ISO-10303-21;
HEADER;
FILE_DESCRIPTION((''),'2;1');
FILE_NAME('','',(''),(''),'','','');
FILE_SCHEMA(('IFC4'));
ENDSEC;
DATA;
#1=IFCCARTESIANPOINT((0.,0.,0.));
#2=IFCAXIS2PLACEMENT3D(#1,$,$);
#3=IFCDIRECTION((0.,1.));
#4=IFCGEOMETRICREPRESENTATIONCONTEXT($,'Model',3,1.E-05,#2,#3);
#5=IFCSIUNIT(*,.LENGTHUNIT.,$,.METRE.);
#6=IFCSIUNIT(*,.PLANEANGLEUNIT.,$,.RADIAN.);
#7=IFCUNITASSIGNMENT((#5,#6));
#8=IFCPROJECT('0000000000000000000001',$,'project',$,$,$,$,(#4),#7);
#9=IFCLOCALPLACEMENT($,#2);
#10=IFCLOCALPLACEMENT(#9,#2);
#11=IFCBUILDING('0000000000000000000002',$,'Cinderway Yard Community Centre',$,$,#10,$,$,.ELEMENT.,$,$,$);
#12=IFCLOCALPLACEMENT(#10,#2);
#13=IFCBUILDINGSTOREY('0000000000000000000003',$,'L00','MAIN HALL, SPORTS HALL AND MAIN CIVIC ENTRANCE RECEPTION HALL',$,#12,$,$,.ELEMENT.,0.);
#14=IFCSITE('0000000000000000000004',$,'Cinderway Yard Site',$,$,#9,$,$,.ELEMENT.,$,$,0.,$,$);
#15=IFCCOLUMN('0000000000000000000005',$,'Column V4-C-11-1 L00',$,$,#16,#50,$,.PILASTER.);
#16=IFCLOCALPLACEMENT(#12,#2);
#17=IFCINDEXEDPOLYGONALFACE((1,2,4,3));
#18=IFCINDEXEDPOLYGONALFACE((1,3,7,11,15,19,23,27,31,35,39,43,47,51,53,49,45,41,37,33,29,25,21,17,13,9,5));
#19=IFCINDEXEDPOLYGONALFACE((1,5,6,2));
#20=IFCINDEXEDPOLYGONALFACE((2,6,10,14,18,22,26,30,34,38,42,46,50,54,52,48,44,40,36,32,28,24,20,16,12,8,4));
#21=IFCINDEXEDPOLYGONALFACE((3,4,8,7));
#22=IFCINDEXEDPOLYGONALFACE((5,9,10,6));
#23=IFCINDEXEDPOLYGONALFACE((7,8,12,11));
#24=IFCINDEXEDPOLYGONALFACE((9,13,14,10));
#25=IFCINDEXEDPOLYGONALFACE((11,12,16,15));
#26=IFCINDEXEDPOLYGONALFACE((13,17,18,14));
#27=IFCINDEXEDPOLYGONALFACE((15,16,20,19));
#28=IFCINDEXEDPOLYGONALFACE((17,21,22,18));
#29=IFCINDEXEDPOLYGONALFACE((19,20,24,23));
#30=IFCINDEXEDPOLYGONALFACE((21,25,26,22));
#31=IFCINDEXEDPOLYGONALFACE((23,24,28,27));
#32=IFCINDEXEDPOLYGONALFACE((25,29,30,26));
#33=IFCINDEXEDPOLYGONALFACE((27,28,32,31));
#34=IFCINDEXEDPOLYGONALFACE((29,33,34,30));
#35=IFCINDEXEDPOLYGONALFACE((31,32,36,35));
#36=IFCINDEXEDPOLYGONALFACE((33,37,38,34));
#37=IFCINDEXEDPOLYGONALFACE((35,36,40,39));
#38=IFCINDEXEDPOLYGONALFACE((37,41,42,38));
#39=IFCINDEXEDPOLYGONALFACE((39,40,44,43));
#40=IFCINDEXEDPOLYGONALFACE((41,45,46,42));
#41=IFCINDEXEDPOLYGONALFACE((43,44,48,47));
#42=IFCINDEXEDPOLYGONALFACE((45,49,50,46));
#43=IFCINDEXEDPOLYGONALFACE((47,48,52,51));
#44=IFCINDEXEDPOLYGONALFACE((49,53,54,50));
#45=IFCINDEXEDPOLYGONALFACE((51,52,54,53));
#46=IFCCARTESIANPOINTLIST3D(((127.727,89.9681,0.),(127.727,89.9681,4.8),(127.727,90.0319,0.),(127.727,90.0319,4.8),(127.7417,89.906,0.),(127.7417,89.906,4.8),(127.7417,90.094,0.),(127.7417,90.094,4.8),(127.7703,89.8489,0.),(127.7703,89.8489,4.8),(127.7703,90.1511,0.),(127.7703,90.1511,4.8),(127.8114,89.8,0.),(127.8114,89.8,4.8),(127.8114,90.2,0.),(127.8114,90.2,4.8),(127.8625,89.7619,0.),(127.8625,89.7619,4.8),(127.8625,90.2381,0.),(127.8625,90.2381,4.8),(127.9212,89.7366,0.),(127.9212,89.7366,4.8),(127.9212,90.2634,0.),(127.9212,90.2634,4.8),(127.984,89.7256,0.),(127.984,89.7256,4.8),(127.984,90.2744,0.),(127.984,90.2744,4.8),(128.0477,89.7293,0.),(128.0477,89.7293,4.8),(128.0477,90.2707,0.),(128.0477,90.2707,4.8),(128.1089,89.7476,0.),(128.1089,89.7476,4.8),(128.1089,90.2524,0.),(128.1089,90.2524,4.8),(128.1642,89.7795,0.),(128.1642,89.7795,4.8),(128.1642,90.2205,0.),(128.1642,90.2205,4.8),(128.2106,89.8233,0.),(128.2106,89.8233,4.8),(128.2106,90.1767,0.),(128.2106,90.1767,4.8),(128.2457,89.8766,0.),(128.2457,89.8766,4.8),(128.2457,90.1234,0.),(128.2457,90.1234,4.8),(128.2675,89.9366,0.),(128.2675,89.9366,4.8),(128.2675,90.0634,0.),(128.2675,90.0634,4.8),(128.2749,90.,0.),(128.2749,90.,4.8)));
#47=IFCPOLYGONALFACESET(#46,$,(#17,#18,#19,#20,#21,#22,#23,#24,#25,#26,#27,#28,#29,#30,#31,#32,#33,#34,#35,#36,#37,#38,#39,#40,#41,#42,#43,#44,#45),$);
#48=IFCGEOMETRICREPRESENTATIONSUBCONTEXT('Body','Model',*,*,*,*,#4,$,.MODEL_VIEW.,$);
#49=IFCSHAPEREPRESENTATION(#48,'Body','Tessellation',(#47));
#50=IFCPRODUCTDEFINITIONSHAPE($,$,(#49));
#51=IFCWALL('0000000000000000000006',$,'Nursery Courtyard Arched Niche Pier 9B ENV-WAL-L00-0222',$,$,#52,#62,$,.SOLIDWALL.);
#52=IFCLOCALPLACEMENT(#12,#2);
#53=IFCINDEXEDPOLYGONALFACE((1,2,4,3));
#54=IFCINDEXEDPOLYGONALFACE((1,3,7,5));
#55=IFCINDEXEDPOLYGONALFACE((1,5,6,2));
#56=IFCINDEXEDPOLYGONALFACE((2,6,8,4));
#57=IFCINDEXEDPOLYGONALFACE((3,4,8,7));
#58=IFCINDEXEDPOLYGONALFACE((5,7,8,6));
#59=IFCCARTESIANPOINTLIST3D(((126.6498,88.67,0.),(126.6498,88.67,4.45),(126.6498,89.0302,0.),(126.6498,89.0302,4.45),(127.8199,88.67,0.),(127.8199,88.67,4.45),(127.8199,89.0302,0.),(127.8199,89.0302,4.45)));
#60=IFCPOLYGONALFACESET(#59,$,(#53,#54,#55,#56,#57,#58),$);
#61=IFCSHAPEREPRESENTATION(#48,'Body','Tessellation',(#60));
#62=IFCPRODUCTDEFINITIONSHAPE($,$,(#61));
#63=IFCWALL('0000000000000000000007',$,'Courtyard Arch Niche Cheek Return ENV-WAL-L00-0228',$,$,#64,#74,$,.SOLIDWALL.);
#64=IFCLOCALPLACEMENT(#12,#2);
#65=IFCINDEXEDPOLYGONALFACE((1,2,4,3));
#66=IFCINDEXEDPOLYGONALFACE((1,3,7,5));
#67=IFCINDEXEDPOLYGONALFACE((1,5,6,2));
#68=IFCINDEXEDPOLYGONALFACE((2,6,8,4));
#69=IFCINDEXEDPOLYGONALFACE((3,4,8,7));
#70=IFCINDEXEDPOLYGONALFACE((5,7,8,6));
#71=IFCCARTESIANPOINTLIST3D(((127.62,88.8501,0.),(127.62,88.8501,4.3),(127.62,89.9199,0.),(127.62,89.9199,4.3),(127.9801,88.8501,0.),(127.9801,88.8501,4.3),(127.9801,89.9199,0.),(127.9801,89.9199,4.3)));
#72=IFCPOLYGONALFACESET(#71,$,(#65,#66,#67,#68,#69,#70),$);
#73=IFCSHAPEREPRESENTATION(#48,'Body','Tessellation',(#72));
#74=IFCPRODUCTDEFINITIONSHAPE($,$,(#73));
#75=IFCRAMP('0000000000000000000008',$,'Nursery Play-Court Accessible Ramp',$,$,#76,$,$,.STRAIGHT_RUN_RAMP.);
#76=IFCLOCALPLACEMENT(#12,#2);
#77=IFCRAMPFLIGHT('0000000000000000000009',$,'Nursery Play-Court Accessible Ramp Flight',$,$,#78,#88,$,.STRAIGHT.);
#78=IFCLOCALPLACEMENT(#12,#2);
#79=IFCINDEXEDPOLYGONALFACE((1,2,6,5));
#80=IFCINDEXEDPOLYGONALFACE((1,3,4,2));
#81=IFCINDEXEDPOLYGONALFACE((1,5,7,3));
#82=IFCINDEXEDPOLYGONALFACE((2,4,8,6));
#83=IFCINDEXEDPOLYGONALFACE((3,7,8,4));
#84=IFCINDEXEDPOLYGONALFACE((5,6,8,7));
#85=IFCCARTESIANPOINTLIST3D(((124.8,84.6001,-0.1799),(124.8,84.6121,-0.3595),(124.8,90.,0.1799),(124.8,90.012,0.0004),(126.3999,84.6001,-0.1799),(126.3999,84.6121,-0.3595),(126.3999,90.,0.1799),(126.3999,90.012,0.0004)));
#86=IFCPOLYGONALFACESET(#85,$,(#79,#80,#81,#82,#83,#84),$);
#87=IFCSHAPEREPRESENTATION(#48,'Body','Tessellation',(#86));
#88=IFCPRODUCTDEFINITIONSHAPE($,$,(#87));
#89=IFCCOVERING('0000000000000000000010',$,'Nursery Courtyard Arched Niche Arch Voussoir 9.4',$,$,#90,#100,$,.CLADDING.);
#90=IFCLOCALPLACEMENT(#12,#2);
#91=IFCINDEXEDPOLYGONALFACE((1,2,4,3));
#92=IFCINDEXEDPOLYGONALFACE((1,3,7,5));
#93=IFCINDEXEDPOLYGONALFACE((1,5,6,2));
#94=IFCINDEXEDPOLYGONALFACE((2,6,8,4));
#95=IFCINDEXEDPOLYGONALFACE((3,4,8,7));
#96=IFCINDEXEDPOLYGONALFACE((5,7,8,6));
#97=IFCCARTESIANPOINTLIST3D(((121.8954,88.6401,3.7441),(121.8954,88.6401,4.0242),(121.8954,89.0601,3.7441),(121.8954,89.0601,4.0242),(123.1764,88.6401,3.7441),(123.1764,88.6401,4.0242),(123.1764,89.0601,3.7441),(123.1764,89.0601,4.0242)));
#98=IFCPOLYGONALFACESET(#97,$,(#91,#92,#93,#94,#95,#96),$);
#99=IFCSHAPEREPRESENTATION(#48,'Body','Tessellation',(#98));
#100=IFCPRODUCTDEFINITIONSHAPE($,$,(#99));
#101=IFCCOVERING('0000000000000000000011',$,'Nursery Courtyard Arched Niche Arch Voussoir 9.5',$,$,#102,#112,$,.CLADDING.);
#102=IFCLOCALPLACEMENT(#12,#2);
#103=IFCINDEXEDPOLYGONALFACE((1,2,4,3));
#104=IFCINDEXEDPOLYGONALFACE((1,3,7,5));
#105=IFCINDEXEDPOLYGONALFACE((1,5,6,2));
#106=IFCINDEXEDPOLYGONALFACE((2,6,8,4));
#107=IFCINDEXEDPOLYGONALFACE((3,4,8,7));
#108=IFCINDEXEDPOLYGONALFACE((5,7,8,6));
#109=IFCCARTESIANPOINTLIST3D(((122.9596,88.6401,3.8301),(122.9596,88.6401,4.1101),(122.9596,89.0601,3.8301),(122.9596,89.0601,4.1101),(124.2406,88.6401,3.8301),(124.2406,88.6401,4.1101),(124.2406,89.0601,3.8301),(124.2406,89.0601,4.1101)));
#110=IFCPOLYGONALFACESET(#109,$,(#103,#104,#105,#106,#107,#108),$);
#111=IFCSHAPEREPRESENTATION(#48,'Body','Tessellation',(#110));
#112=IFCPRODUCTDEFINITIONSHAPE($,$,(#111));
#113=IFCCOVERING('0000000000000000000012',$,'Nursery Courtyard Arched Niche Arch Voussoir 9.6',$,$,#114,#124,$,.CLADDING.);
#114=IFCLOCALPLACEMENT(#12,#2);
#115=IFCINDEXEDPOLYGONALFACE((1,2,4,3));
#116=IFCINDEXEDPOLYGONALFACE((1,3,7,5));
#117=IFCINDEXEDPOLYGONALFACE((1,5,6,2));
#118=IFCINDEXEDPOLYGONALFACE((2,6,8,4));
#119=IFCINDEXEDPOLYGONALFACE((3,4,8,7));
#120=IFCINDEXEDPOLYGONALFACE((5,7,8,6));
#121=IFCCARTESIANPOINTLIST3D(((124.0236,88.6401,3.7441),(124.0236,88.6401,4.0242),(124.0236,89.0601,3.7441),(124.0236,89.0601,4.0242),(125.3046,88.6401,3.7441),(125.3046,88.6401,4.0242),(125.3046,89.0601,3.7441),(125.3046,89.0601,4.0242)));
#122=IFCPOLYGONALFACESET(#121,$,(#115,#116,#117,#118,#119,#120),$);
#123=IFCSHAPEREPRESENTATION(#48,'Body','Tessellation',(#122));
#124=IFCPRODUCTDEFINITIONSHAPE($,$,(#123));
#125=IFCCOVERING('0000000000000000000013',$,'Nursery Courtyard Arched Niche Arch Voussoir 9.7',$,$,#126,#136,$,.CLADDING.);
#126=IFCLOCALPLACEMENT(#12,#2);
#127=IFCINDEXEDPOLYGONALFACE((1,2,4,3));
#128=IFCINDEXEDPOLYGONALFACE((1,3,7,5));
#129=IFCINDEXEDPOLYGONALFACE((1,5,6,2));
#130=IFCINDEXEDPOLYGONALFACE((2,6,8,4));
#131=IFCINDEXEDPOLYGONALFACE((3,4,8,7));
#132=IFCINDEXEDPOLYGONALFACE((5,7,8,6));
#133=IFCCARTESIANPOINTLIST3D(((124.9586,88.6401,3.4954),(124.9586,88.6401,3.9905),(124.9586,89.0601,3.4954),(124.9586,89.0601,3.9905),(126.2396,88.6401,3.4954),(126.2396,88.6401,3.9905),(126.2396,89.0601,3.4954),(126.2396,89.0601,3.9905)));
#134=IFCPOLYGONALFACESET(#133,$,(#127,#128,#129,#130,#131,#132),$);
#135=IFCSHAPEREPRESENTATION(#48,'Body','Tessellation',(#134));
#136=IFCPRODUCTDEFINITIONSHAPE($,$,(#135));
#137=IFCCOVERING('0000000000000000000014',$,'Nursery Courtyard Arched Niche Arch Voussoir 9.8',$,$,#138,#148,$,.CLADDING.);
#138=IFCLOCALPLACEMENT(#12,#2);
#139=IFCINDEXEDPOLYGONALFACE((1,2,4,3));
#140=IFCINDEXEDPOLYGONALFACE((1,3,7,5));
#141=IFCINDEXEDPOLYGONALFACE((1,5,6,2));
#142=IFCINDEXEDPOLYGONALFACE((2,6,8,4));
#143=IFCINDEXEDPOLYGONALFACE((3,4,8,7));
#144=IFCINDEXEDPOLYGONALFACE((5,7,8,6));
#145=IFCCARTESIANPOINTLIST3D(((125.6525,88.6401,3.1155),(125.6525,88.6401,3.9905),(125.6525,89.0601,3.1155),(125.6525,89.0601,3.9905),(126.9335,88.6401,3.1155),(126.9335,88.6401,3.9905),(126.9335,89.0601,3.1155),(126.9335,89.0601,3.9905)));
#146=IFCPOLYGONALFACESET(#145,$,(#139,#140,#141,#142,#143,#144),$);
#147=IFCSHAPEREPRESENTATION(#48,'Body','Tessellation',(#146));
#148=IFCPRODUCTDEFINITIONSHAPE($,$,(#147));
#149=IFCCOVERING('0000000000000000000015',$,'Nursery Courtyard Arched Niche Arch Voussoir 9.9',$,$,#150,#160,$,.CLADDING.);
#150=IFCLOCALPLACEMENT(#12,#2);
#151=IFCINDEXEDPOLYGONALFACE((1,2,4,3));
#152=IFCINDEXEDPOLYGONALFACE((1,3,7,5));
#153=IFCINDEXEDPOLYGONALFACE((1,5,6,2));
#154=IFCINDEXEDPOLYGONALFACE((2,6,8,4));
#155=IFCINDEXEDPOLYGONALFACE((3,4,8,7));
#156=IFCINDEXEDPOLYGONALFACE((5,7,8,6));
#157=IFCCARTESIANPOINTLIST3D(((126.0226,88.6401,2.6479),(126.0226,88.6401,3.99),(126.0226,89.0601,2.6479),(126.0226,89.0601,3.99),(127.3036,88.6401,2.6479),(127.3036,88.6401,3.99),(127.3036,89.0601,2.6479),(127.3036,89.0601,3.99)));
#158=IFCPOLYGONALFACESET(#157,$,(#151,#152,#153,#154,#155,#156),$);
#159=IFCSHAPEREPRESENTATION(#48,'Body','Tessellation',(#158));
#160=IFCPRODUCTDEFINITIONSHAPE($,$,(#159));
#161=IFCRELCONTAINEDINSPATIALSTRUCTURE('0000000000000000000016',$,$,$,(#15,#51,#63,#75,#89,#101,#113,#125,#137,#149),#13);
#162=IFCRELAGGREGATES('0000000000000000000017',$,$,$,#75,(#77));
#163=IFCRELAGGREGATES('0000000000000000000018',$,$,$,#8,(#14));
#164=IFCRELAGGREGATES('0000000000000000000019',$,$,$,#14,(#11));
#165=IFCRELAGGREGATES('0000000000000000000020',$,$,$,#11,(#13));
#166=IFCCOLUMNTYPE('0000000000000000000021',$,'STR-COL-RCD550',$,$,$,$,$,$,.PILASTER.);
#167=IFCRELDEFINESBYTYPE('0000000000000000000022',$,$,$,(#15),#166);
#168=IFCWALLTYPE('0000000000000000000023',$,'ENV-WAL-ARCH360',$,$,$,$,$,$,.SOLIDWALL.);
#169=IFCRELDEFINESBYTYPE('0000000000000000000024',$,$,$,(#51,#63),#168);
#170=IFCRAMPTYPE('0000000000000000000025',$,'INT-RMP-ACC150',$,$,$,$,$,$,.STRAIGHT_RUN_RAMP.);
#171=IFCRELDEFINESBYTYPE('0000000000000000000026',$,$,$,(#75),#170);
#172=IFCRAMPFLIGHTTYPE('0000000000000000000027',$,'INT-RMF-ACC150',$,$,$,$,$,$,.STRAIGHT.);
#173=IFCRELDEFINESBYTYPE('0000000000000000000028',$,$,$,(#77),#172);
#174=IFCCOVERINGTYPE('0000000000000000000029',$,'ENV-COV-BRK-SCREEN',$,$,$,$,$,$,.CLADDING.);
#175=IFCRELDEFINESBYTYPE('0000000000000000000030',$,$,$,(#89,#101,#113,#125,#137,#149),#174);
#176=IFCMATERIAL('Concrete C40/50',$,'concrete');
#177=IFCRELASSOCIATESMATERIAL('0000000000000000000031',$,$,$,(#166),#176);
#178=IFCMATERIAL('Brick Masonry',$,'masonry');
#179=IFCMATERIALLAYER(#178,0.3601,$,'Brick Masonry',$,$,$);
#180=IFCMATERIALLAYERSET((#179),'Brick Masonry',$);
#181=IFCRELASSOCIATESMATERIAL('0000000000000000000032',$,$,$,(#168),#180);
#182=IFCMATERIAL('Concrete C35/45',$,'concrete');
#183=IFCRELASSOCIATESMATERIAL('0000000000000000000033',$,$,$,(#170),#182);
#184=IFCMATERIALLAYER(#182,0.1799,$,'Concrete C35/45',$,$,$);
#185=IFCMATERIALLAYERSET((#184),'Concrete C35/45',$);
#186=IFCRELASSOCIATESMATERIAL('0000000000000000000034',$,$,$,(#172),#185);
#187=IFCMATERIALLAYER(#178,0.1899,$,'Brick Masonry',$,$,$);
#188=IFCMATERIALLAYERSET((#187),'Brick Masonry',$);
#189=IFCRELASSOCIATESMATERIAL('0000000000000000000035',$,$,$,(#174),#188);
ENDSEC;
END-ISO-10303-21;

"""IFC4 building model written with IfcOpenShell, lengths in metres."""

from ifc_helpers import new_model, si_unit, direction, frame, frame_2d, origin, origin_2d, place, context, subcontext, project, spatial, polyline, rectangle, circle, outline, extrude, material, layer, layer_set, material_profile, profile_set, type_object, element, aggregate, save


model = new_model("IFC4")

# Units and contexts
model_context = context("Model", 3, precision=1e-05, world=origin(), true_north=direction((0.0, 1.0)))
body_context = subcontext(model_context, "Body", "Model", "MODEL_VIEW")
ifc_project = project(units=[si_unit("LENGTHUNIT", "METRE"), si_unit("PLANEANGLEUNIT", "RADIAN")], contexts=[model_context])

# Site, building, storey
site_placement = place(None, origin())
site = spatial("IfcSite", under=ifc_project, at=site_placement, Name="Cinderway Yard Site", CompositionType="ELEMENT", RefElevation=0.0)
building_placement = place(site_placement, origin())
building = spatial("IfcBuilding", under=site, at=building_placement, Name="Cinderway Yard Community Centre", CompositionType="ELEMENT")
storey_placement = place(building_placement, origin())
storey = spatial("IfcBuildingStorey", under=building, at=storey_placement, Name="L00", Description="MAIN HALL, SPORTS HALL AND MAIN CIVIC ENTRANCE RECEPTION HALL", CompositionType="ELEMENT", Elevation=0.0)

# Shared definitions
ifc_material_1 = material(Name="Concrete C40/50", Category="concrete")

# Column
ifc_material_profile_1 = material_profile(ifc_material_1, circle(Radius=0.2749, at=origin_2d()), Name="Concrete C40/50")
ifc_profile_set_1 = profile_set([ifc_material_profile_1], Name="Concrete C40/50")
column_type = type_object("IfcColumnType", Name="STR-COL-RCD550", PredefinedType="PILASTER", material=ifc_profile_set_1)
column_placement = place(storey_placement, frame((128.0, 90.0, 0.0), z_axis=(0.0, 0.0, 1.0), x_axis=(1.0, 0.0, 0.0)))
element("IfcColumn", 1, at=column_placement, inside=storey, type_object=column_type, Name="Column V4-C-11-1 L00", PredefinedType="PILASTER", context=body_context, shape_type="SweptSolid", body=[
    extrude(circle(Radius=0.2749, at=origin_2d()), origin(), (0.0, 0.0, 1.0), 4.8),
])

# Walls
ifc_material_2 = material(Name="Brick Masonry", Category="masonry")
ifc_layer_1 = layer(ifc_material_2, 0.3601, Name="Brick Masonry")
ifc_layer_set_1 = layer_set([ifc_layer_1], Name="Brick Masonry")
wall_type = type_object("IfcWallType", Name="ENV-WAL-ARCH360", PredefinedType="SOLIDWALL", material=ifc_layer_set_1)
wall_1_placement = place(storey_placement, frame((126.6499, 88.8501, 0.0), z_axis=(0.0, 0.0, 1.0), x_axis=(1.0, 0.0, 0.0)))
element("IfcWall", 2, at=wall_1_placement, inside=storey, type_object=wall_type, Name="Nursery Courtyard Arched Niche Pier 9B ENV-WAL-L00-0222", PredefinedType="SOLIDWALL", context=body_context, shape_type="SweptSolid", body=[
    extrude(rectangle(XDim=1.1702, YDim=0.3601, at=frame_2d((0.585, 0.0))), origin(), (0.0, 0.0, 1.0), 4.45),
])
wall_2_placement = place(storey_placement, frame((127.8, 88.8501, 0.0), z_axis=(0.0, 0.0, 1.0), x_axis=(0.0, 1.0, 0.0)))
element("IfcWall", 3, at=wall_2_placement, inside=storey, type_object=wall_type, Name="Courtyard Arch Niche Cheek Return ENV-WAL-L00-0228", PredefinedType="SOLIDWALL", context=body_context, shape_type="SweptSolid", body=[
    extrude(rectangle(XDim=1.0698, YDim=0.3601, at=frame_2d((0.5349, 0.0))), origin(), (0.0, 0.0, 1.0), 4.3),
])

# Ramp, ramp flight
ifc_material_3 = material(Name="Concrete C35/45", Category="concrete")
ramp_type = type_object("IfcRampType", Name="INT-RMP-ACC150", PredefinedType="STRAIGHT_RUN_RAMP", material=ifc_material_3)
ramp_placement = place(storey_placement, origin())
ramp = element("IfcRamp", 4, at=ramp_placement, inside=storey, type_object=ramp_type, Name="Nursery Play-Court Accessible Ramp", PredefinedType="STRAIGHT_RUN_RAMP")
ifc_layer_2 = layer(ifc_material_3, 0.1799, Name="Concrete C35/45")
ifc_layer_set_2 = layer_set([ifc_layer_2], Name="Concrete C35/45")
ramp_flight_type = type_object("IfcRampFlightType", Name="INT-RMF-ACC150", PredefinedType="STRAIGHT", material=ifc_layer_set_2)
ramp_flight_placement = place(storey_placement, frame((126.3999, 84.6001, -0.1799), z_axis=(0.0, -0.066495, 0.997787), x_axis=(-1.0, 0.0, 0.0)))
ramp_flight = element("IfcRampFlight", 5, at=ramp_flight_placement, type_object=ramp_flight_type, Name="Nursery Play-Court Accessible Ramp Flight", PredefinedType="STRAIGHT", context=body_context, shape_type="SweptSolid", body=[
    extrude(outline(polyline([(0.0, 0.0), (1.5999, 0.0), (1.5999, -5.4119), (0.0, -5.4119), (0.0, 0.0)])), origin(), (0.0, 0.0, -1.0), 0.1799),
])
aggregate(ramp, [ramp_flight])

# Coverings
ifc_layer_3 = layer(ifc_material_2, 0.1899, Name="Brick Masonry")
ifc_layer_set_3 = layer_set([ifc_layer_3], Name="Brick Masonry")
covering_type = type_object("IfcCoveringType", Name="ENV-COV-BRK-SCREEN", PredefinedType="CLADDING", material=ifc_layer_set_3)
for number, where, z_axis, x_axis, name in (
    (6, (122.5359, 88.8501, 3.7441), (0.0, 0.0, 1.0), (1.0, 0.0, 0.0), "Nursery Courtyard Arched Niche Arch Voussoir 9.4"),
    (7, (123.6001, 88.8501, 3.8301), (0.0, 0.0, 1.0), (1.0, 0.0, 0.0), "Nursery Courtyard Arched Niche Arch Voussoir 9.5"),
    (8, (124.6641, 88.8501, 3.7441), (0.0, 0.0, 1.0), (1.0, 0.0, 0.0), "Nursery Courtyard Arched Niche Arch Voussoir 9.6"),
):
    element("IfcCovering", number, at=place(storey_placement, frame(where, z_axis=z_axis, x_axis=x_axis)), inside=storey, type_object=covering_type, Name=name, PredefinedType="CLADDING", context=body_context, shape_type="SweptSolid", body=[
        extrude(rectangle(XDim=1.281, YDim=0.4199, at=origin_2d()), origin(), (0.0, 0.0, 1.0), 0.28),
    ])
covering_1_placement = place(storey_placement, frame((125.5991, 88.8501, 3.4954), z_axis=(0.0, 0.0, 1.0), x_axis=(1.0, 0.0, 0.0)))
element("IfcCovering", 9, at=covering_1_placement, inside=storey, type_object=covering_type, Name="Nursery Courtyard Arched Niche Arch Voussoir 9.7", PredefinedType="CLADDING", context=body_context, shape_type="SweptSolid", body=[
    extrude(rectangle(XDim=1.281, YDim=0.4199, at=origin_2d()), origin(), (0.0, 0.0, 1.0), 0.4951),
])
covering_2_placement = place(storey_placement, frame((126.293, 88.8501, 3.1155), z_axis=(0.0, 0.0, 1.0), x_axis=(1.0, 0.0, 0.0)))
element("IfcCovering", 10, at=covering_2_placement, inside=storey, type_object=covering_type, Name="Nursery Courtyard Arched Niche Arch Voussoir 9.8", PredefinedType="CLADDING", context=body_context, shape_type="SweptSolid", body=[
    extrude(rectangle(XDim=1.281, YDim=0.4199, at=origin_2d()), origin(), (0.0, 0.0, 1.0), 0.875),
])
covering_3_placement = place(storey_placement, frame((126.6631, 88.8501, 2.6479), z_axis=(0.0, 0.0, 1.0), x_axis=(1.0, 0.0, 0.0)))
element("IfcCovering", 11, at=covering_3_placement, inside=storey, type_object=covering_type, Name="Nursery Courtyard Arched Niche Arch Voussoir 9.9", PredefinedType="CLADDING", context=body_context, shape_type="SweptSolid", body=[
    extrude(rectangle(XDim=1.281, YDim=0.4199, at=origin_2d()), origin(), (0.0, 0.0, 1.0), 1.342),
])

save(model, "model.ifc")
